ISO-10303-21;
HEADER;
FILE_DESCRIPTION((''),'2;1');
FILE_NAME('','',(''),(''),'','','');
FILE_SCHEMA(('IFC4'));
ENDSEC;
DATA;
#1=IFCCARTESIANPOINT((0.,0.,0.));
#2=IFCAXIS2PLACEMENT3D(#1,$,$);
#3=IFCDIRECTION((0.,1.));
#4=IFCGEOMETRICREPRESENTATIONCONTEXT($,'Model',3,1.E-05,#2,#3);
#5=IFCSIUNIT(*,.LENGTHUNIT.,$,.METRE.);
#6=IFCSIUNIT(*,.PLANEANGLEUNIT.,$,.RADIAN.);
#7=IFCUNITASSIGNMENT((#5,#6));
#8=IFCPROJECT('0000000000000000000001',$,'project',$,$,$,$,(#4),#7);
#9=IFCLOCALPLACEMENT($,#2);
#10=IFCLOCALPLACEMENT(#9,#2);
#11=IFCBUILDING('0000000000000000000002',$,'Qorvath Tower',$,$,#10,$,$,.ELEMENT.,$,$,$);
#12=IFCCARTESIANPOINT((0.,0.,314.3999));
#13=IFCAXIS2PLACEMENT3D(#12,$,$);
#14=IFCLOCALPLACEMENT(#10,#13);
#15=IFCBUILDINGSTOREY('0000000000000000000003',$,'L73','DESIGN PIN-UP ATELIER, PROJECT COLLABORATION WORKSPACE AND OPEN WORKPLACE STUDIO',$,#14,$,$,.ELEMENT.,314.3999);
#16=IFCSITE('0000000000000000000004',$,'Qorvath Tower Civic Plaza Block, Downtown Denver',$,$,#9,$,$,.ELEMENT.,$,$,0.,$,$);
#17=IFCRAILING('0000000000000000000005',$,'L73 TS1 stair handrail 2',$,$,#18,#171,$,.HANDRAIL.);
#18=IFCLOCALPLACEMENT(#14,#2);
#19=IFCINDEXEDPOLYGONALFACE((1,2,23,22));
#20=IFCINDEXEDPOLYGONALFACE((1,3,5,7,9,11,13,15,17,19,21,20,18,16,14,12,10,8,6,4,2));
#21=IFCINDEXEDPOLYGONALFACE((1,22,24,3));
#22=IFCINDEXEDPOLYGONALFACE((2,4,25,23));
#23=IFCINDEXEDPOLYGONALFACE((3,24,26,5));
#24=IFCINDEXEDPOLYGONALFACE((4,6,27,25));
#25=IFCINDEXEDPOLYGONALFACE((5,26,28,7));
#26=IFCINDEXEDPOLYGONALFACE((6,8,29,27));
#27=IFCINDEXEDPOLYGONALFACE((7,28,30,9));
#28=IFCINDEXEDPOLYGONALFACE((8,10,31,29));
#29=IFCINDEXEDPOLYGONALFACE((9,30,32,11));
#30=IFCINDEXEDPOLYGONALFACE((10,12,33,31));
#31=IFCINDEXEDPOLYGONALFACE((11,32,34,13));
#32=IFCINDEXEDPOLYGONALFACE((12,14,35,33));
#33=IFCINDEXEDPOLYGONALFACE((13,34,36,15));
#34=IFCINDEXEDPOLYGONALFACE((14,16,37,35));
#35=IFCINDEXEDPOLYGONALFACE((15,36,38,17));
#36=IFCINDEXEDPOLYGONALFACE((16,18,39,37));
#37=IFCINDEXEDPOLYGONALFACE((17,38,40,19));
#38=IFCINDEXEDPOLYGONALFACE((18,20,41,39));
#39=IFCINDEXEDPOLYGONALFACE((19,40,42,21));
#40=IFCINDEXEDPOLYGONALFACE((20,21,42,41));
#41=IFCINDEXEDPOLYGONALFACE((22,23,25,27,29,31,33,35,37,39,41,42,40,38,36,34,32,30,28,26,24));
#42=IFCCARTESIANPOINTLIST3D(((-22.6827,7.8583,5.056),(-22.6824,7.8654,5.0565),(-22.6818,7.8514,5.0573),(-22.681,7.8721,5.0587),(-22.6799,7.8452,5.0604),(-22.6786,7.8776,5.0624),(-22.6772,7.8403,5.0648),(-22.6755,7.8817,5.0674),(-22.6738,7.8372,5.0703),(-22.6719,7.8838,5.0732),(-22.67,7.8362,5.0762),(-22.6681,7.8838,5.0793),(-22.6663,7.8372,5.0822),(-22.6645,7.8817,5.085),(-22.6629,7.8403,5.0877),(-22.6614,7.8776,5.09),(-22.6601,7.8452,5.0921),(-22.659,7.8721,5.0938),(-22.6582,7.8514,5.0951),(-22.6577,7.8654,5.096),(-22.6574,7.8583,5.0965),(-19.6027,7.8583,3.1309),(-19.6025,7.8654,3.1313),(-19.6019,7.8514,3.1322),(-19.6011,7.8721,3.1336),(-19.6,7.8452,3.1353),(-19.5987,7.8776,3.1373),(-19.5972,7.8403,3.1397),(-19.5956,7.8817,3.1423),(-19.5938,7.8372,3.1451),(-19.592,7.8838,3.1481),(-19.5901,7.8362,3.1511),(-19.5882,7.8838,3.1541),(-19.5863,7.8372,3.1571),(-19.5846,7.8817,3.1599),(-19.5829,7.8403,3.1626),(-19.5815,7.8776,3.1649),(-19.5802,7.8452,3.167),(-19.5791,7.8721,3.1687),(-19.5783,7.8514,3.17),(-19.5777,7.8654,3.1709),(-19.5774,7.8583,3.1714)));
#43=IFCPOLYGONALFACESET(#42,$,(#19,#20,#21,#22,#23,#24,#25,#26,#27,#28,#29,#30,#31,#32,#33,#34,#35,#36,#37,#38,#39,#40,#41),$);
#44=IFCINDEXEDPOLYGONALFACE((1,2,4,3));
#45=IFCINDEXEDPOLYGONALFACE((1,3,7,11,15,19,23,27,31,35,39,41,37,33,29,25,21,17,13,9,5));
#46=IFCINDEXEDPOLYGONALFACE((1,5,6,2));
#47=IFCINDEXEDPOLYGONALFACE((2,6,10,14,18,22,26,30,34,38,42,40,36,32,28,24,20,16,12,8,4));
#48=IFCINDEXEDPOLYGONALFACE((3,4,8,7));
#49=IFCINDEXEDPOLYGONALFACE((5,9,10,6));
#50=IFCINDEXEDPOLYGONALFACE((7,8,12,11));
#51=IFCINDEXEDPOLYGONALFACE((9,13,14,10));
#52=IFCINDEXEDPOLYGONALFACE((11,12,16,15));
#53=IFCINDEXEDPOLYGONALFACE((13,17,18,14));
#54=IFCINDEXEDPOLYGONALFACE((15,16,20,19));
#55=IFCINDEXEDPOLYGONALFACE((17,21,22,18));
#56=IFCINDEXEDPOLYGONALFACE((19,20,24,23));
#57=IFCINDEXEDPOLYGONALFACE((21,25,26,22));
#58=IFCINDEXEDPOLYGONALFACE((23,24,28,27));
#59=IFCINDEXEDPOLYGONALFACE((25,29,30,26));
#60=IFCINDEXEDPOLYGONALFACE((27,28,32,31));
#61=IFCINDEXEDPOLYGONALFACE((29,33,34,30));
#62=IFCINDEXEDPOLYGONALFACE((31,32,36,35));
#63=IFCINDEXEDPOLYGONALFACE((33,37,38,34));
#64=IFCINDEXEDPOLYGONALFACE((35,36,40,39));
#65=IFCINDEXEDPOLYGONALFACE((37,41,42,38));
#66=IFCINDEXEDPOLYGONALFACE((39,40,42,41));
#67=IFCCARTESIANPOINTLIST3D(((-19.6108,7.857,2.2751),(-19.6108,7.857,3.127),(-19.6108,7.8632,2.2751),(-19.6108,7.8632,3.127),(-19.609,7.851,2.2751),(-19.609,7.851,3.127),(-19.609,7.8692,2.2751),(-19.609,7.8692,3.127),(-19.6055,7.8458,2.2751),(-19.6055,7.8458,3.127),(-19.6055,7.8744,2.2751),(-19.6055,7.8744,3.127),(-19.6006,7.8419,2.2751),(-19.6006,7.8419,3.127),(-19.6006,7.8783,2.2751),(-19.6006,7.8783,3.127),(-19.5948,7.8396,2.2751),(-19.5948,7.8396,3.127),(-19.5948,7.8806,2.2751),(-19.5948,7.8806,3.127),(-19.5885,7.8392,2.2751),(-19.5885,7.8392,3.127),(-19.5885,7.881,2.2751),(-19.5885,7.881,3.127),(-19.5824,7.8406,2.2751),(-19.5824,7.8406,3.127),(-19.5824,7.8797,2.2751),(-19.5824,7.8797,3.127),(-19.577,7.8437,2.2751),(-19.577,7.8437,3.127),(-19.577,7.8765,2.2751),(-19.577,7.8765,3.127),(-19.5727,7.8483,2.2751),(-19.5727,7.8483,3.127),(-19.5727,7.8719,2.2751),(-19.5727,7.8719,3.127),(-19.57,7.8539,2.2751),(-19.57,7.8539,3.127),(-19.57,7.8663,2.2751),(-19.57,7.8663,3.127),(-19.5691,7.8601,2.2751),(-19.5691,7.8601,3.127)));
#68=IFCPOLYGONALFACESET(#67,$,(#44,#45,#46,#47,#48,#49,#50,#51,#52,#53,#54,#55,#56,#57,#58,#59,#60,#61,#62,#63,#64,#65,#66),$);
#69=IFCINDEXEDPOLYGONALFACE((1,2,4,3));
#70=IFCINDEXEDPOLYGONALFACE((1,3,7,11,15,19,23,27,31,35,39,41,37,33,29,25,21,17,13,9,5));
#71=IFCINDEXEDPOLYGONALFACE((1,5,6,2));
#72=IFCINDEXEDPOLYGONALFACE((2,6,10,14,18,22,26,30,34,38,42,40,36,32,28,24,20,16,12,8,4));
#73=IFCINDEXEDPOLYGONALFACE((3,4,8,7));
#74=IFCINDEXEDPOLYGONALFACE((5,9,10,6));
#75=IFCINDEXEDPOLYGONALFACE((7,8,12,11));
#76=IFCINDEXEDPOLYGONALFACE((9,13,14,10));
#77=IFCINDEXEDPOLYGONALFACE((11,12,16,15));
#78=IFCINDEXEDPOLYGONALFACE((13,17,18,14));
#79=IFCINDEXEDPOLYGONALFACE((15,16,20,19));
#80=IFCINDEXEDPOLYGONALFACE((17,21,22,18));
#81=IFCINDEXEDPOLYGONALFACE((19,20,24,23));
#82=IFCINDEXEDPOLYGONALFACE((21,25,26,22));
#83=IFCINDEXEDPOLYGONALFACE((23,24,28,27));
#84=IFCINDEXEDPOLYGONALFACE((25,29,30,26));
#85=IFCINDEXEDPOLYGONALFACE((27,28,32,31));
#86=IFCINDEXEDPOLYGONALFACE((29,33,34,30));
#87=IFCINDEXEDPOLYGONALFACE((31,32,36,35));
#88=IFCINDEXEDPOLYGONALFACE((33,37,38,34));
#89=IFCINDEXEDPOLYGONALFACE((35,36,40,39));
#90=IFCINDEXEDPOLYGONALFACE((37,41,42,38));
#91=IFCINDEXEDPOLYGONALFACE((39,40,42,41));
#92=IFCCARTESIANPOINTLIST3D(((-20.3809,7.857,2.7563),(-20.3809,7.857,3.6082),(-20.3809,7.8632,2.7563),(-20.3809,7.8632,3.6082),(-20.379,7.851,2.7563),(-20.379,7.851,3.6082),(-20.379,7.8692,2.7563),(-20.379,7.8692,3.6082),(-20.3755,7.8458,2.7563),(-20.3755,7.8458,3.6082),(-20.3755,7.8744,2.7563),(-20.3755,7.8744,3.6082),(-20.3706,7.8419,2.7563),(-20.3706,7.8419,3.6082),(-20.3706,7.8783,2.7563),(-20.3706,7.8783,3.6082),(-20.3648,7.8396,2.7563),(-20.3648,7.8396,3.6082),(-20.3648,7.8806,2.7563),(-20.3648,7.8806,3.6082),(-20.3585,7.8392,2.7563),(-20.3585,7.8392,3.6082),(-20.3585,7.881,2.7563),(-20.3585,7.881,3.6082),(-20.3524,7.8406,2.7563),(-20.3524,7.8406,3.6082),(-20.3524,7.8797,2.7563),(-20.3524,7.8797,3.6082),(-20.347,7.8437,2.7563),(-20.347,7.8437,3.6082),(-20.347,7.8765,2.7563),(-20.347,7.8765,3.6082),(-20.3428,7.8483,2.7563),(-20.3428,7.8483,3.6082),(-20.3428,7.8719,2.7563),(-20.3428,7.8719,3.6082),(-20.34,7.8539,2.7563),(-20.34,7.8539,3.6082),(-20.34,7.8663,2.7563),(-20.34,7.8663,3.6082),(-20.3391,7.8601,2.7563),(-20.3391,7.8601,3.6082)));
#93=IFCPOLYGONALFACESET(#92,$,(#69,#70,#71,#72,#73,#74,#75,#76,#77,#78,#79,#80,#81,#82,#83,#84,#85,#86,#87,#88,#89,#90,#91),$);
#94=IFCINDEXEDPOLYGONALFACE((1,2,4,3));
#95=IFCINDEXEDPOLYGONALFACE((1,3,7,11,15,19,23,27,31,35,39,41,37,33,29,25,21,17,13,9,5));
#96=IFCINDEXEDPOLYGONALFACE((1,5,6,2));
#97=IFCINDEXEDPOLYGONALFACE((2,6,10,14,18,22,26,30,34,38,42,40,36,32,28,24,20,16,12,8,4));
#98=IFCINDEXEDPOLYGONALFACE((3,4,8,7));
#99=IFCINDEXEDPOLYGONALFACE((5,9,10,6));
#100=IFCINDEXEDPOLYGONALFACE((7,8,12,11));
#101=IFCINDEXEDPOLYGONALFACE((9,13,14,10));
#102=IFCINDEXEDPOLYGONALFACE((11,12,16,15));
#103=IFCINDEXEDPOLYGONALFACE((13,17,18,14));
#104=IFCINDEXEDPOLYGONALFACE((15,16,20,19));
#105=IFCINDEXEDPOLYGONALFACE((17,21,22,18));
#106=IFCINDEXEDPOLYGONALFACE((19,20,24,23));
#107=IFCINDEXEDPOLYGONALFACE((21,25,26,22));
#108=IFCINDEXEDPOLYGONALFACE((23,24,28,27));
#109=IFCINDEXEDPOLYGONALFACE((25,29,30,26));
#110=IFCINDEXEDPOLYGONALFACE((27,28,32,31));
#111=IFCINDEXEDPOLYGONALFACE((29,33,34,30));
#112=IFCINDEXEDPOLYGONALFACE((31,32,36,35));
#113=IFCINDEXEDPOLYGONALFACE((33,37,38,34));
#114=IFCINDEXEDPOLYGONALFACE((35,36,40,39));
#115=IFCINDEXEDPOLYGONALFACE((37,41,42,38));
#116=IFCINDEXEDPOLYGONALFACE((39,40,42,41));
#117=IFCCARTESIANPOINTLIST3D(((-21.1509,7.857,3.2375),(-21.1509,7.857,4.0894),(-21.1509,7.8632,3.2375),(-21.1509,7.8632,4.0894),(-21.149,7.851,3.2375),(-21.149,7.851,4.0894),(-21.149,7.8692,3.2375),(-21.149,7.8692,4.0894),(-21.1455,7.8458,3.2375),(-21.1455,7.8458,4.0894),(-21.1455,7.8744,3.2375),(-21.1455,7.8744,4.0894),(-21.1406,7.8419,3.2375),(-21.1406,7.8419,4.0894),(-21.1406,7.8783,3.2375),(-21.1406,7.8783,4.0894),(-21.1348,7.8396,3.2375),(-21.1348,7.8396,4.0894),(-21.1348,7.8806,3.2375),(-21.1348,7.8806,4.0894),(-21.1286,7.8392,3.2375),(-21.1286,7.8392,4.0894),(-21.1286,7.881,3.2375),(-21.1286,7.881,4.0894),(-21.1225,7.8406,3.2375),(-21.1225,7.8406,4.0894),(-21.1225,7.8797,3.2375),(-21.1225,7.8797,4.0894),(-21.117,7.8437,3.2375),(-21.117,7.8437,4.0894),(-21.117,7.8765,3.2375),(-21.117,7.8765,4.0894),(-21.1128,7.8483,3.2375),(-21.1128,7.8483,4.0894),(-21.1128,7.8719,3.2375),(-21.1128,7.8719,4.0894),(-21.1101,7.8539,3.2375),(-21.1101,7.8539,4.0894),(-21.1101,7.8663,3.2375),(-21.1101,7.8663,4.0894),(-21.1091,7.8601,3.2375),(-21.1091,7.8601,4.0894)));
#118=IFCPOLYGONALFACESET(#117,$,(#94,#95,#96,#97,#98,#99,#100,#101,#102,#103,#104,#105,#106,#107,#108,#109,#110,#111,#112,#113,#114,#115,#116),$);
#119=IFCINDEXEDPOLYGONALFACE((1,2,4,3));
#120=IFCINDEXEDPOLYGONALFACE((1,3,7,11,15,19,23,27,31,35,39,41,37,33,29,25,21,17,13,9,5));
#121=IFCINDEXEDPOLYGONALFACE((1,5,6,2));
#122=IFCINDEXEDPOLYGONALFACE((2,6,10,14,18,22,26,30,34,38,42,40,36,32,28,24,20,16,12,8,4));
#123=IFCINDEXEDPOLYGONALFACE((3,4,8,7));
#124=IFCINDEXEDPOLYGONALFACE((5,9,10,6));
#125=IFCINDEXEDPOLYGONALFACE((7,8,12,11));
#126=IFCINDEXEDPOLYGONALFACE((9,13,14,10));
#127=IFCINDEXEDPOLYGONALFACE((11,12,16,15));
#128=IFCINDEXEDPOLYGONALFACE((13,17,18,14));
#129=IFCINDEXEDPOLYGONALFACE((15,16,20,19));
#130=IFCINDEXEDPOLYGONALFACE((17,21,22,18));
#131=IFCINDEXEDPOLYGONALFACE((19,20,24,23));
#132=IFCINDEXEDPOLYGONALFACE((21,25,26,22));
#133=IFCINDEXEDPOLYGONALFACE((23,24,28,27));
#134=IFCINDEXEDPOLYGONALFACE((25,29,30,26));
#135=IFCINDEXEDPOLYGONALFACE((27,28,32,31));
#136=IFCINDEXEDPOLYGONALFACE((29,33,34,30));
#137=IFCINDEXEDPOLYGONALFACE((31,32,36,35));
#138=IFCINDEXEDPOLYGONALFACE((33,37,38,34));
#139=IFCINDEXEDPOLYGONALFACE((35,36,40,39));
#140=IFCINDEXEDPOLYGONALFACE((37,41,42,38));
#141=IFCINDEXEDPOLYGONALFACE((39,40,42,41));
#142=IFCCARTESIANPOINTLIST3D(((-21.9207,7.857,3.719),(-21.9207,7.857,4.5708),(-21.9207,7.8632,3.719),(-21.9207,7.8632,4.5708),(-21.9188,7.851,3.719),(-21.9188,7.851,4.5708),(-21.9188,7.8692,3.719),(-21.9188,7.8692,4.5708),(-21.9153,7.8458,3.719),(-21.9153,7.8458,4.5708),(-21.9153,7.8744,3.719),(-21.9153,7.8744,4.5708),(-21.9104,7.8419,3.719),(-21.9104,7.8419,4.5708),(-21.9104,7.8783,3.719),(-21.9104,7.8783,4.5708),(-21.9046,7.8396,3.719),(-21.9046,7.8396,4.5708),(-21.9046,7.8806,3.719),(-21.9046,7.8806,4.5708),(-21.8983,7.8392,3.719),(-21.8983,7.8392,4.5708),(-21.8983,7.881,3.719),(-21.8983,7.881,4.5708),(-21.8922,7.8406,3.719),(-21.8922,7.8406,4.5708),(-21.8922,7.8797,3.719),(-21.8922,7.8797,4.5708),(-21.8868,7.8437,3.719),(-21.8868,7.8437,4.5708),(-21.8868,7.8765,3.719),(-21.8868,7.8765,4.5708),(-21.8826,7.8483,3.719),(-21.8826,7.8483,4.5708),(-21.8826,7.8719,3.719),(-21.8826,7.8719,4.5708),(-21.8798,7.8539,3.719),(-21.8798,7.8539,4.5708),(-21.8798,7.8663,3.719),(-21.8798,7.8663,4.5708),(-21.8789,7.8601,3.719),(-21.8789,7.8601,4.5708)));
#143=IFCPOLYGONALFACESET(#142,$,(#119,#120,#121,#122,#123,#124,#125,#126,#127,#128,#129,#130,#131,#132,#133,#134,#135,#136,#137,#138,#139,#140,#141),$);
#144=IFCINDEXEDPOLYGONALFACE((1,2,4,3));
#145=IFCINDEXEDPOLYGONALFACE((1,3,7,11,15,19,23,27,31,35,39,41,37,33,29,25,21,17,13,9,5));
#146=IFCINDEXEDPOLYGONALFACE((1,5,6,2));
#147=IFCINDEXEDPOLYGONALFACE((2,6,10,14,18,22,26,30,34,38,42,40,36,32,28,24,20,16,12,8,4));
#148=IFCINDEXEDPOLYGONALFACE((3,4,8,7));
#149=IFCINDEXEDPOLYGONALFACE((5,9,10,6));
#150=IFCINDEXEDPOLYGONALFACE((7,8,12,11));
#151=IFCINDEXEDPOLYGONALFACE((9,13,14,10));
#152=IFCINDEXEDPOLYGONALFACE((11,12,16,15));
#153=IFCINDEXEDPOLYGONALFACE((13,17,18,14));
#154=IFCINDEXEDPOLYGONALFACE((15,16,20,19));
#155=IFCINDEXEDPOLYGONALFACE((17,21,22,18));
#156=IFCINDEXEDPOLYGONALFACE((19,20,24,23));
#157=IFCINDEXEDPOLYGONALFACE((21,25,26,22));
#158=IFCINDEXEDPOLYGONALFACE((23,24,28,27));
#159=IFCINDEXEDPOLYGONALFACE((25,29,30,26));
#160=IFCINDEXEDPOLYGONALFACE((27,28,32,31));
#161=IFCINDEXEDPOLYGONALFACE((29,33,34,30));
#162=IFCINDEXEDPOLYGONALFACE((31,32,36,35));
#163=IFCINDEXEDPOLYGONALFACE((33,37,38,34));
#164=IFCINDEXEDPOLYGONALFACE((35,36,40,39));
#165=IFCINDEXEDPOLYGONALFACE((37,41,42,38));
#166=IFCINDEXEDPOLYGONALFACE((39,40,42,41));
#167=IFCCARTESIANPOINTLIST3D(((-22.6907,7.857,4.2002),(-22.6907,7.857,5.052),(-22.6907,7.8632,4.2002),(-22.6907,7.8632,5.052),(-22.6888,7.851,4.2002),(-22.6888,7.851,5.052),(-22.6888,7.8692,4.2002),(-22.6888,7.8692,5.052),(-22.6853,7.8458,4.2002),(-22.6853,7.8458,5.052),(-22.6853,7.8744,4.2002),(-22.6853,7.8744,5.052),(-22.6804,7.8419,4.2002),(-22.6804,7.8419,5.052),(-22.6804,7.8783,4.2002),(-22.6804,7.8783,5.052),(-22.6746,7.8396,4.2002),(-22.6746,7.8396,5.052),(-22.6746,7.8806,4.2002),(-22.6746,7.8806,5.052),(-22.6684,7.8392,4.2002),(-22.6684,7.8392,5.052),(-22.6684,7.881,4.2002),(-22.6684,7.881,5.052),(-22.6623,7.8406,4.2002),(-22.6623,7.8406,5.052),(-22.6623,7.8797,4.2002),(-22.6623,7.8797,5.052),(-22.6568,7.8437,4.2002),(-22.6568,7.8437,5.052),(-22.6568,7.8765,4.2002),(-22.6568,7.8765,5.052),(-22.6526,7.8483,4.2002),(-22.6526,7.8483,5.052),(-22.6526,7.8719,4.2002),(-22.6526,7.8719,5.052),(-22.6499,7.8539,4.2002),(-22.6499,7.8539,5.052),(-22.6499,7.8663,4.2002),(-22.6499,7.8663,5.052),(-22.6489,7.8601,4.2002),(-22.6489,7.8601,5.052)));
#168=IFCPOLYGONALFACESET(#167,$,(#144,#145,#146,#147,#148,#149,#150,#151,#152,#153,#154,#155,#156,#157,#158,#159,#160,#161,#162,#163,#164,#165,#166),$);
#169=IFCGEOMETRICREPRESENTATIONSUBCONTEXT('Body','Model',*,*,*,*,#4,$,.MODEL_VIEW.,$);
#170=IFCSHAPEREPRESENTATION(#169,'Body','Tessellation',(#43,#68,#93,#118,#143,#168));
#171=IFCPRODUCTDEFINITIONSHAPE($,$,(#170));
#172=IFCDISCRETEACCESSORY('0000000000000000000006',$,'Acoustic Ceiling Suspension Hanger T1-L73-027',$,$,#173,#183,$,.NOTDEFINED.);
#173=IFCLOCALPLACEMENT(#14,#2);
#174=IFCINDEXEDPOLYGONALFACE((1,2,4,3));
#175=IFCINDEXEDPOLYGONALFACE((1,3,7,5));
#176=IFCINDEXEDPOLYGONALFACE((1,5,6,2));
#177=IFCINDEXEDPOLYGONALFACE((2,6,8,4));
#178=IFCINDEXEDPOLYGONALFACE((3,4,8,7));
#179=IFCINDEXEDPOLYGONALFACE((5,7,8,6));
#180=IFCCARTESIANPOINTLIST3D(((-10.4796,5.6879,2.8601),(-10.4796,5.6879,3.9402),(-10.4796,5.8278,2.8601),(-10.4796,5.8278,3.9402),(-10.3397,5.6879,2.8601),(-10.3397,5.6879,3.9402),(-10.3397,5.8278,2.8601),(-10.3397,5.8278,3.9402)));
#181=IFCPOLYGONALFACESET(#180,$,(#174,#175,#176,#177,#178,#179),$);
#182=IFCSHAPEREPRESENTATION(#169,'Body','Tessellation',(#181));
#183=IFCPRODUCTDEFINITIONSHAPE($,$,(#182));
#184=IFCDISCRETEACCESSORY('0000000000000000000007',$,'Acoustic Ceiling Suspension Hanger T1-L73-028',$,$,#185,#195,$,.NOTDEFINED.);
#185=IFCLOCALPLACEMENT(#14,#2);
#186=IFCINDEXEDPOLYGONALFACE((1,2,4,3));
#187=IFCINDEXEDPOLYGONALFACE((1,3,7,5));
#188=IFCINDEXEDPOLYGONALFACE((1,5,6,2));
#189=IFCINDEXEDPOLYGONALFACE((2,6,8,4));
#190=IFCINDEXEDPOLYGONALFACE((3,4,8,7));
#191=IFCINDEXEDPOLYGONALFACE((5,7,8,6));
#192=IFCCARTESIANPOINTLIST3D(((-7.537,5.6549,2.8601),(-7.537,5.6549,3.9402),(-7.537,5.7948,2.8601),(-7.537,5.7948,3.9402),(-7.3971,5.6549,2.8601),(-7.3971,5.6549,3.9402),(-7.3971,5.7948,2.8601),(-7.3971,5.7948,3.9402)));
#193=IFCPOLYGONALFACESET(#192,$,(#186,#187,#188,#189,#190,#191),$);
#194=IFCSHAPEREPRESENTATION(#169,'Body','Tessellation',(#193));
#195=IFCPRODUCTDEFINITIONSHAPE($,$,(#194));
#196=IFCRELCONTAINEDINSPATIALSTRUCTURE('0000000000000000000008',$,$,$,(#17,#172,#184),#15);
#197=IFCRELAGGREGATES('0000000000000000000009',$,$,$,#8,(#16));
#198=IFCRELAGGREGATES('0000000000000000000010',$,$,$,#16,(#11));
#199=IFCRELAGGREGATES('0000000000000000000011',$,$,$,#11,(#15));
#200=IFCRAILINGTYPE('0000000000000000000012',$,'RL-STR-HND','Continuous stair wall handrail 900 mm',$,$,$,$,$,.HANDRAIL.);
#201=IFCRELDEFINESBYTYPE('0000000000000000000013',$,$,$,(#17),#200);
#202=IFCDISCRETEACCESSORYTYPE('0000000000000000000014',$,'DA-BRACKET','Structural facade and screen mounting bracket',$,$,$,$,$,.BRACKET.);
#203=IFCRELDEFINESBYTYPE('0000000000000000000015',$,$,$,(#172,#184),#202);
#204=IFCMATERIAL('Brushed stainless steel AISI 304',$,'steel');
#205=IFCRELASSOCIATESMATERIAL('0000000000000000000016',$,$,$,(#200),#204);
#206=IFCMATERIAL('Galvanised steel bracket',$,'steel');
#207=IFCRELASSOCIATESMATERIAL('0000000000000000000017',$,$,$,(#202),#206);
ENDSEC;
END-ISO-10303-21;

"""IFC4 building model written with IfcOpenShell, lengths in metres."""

from ifc_helpers import new_model, si_unit, direction, frame, origin, origin_2d, place, context, subcontext, project, spatial, rectangle, circle, extrude, material, type_object, element, save


model = new_model("IFC4")

# Units and contexts
model_context = context("Model", 3, precision=1e-05, world=origin(), true_north=direction((0.0, 1.0)))
body_context = subcontext(model_context, "Body", "Model", "MODEL_VIEW")
ifc_project = project(units=[si_unit("LENGTHUNIT", "METRE"), si_unit("PLANEANGLEUNIT", "RADIAN")], contexts=[model_context])

# Site, building, storey
site_placement = place(None, origin())
site = spatial("IfcSite", under=ifc_project, at=site_placement, Name="Qorvath Tower Civic Plaza Block, Downtown Denver", CompositionType="ELEMENT", RefElevation=0.0)
building_placement = place(site_placement, origin())
building = spatial("IfcBuilding", under=site, at=building_placement, Name="Qorvath Tower", CompositionType="ELEMENT")
storey_placement = place(building_placement, frame((0.0, 0.0, 314.3999)))
storey = spatial("IfcBuildingStorey", under=building, at=storey_placement, Name="L73", Description="DESIGN PIN-UP ATELIER, PROJECT COLLABORATION WORKSPACE AND OPEN WORKPLACE STUDIO", CompositionType="ELEMENT", Elevation=314.3999)

# Railing
ifc_material_1 = material(Name="Brushed stainless steel AISI 304", Category="steel")
railing_type_1 = type_object("IfcRailingType", Name="RL-STR-HND", Description="Continuous stair wall handrail 900 mm", PredefinedType="HANDRAIL", material=ifc_material_1)
railing_1_placement = place(storey_placement, frame((-19.5901, 7.8601, 2.2751)))
element("IfcRailing", 1, at=railing_1_placement, inside=storey, type_object=railing_type_1, Name="L73 TS1 stair handrail 2", PredefinedType="HANDRAIL", context=body_context, shape_type="SweptSolid", body=[
    extrude(circle(Radius=0.0239, at=origin_2d()), frame((0.0, 0.0, 0.876), z_axis=(-0.847979, 0.0, 0.530029), x_axis=(0.0, -1.0, 0.0)), (0.0, 0.0, 1.0), 3.6321),
    extrude(circle(Radius=0.021, at=origin_2d()), origin(), (0.0, 0.0, 1.0), 0.8518),
    extrude(circle(Radius=0.021, at=origin_2d()), frame((-0.77, 0.0, 0.4812)), (0.0, 0.0, 1.0), 0.8518),
    extrude(circle(Radius=0.021, at=origin_2d()), frame((-1.54, 0.0, 0.9624)), (0.0, 0.0, 1.0), 0.8518),
    extrude(circle(Radius=0.021, at=origin_2d()), frame((-2.3098, 0.0, 1.4438)), (0.0, 0.0, 1.0), 0.8518),
    extrude(circle(Radius=0.021, at=origin_2d()), frame((-3.0798, 0.0, 1.925)), (0.0, 0.0, 1.0), 0.8518),
])

# Discrete accessories
ifc_material_2 = material(Name="Galvanised steel bracket", Category="steel")
discrete_accessory_type = type_object("IfcDiscreteAccessoryType", Name="DA-BRACKET", Description="Structural facade and screen mounting bracket", PredefinedType="BRACKET", material=ifc_material_2)
for number, where, z_axis, x_axis, name in (
    (2, (-10.4097, 5.7578, 2.8601), (0.0, 0.0, 1.0), (1.0, 0.0, 0.0), "Acoustic Ceiling Suspension Hanger T1-L73-027"),
    (3, (-7.467, 5.7249, 2.8601), (0.0, 0.0, 1.0), (1.0, 0.0, 0.0), "Acoustic Ceiling Suspension Hanger T1-L73-028"),
):
    element("IfcDiscreteAccessory", number, at=place(storey_placement, frame(where, z_axis=z_axis, x_axis=x_axis)), inside=storey, type_object=discrete_accessory_type, Name=name, PredefinedType="NOTDEFINED", context=body_context, shape_type="SweptSolid", body=[
        extrude(rectangle(XDim=0.1399, YDim=0.1399, at=origin_2d()), origin(), (0.0, 0.0, 1.0), 1.0801),
    ])

save(model, "model.ifc")
